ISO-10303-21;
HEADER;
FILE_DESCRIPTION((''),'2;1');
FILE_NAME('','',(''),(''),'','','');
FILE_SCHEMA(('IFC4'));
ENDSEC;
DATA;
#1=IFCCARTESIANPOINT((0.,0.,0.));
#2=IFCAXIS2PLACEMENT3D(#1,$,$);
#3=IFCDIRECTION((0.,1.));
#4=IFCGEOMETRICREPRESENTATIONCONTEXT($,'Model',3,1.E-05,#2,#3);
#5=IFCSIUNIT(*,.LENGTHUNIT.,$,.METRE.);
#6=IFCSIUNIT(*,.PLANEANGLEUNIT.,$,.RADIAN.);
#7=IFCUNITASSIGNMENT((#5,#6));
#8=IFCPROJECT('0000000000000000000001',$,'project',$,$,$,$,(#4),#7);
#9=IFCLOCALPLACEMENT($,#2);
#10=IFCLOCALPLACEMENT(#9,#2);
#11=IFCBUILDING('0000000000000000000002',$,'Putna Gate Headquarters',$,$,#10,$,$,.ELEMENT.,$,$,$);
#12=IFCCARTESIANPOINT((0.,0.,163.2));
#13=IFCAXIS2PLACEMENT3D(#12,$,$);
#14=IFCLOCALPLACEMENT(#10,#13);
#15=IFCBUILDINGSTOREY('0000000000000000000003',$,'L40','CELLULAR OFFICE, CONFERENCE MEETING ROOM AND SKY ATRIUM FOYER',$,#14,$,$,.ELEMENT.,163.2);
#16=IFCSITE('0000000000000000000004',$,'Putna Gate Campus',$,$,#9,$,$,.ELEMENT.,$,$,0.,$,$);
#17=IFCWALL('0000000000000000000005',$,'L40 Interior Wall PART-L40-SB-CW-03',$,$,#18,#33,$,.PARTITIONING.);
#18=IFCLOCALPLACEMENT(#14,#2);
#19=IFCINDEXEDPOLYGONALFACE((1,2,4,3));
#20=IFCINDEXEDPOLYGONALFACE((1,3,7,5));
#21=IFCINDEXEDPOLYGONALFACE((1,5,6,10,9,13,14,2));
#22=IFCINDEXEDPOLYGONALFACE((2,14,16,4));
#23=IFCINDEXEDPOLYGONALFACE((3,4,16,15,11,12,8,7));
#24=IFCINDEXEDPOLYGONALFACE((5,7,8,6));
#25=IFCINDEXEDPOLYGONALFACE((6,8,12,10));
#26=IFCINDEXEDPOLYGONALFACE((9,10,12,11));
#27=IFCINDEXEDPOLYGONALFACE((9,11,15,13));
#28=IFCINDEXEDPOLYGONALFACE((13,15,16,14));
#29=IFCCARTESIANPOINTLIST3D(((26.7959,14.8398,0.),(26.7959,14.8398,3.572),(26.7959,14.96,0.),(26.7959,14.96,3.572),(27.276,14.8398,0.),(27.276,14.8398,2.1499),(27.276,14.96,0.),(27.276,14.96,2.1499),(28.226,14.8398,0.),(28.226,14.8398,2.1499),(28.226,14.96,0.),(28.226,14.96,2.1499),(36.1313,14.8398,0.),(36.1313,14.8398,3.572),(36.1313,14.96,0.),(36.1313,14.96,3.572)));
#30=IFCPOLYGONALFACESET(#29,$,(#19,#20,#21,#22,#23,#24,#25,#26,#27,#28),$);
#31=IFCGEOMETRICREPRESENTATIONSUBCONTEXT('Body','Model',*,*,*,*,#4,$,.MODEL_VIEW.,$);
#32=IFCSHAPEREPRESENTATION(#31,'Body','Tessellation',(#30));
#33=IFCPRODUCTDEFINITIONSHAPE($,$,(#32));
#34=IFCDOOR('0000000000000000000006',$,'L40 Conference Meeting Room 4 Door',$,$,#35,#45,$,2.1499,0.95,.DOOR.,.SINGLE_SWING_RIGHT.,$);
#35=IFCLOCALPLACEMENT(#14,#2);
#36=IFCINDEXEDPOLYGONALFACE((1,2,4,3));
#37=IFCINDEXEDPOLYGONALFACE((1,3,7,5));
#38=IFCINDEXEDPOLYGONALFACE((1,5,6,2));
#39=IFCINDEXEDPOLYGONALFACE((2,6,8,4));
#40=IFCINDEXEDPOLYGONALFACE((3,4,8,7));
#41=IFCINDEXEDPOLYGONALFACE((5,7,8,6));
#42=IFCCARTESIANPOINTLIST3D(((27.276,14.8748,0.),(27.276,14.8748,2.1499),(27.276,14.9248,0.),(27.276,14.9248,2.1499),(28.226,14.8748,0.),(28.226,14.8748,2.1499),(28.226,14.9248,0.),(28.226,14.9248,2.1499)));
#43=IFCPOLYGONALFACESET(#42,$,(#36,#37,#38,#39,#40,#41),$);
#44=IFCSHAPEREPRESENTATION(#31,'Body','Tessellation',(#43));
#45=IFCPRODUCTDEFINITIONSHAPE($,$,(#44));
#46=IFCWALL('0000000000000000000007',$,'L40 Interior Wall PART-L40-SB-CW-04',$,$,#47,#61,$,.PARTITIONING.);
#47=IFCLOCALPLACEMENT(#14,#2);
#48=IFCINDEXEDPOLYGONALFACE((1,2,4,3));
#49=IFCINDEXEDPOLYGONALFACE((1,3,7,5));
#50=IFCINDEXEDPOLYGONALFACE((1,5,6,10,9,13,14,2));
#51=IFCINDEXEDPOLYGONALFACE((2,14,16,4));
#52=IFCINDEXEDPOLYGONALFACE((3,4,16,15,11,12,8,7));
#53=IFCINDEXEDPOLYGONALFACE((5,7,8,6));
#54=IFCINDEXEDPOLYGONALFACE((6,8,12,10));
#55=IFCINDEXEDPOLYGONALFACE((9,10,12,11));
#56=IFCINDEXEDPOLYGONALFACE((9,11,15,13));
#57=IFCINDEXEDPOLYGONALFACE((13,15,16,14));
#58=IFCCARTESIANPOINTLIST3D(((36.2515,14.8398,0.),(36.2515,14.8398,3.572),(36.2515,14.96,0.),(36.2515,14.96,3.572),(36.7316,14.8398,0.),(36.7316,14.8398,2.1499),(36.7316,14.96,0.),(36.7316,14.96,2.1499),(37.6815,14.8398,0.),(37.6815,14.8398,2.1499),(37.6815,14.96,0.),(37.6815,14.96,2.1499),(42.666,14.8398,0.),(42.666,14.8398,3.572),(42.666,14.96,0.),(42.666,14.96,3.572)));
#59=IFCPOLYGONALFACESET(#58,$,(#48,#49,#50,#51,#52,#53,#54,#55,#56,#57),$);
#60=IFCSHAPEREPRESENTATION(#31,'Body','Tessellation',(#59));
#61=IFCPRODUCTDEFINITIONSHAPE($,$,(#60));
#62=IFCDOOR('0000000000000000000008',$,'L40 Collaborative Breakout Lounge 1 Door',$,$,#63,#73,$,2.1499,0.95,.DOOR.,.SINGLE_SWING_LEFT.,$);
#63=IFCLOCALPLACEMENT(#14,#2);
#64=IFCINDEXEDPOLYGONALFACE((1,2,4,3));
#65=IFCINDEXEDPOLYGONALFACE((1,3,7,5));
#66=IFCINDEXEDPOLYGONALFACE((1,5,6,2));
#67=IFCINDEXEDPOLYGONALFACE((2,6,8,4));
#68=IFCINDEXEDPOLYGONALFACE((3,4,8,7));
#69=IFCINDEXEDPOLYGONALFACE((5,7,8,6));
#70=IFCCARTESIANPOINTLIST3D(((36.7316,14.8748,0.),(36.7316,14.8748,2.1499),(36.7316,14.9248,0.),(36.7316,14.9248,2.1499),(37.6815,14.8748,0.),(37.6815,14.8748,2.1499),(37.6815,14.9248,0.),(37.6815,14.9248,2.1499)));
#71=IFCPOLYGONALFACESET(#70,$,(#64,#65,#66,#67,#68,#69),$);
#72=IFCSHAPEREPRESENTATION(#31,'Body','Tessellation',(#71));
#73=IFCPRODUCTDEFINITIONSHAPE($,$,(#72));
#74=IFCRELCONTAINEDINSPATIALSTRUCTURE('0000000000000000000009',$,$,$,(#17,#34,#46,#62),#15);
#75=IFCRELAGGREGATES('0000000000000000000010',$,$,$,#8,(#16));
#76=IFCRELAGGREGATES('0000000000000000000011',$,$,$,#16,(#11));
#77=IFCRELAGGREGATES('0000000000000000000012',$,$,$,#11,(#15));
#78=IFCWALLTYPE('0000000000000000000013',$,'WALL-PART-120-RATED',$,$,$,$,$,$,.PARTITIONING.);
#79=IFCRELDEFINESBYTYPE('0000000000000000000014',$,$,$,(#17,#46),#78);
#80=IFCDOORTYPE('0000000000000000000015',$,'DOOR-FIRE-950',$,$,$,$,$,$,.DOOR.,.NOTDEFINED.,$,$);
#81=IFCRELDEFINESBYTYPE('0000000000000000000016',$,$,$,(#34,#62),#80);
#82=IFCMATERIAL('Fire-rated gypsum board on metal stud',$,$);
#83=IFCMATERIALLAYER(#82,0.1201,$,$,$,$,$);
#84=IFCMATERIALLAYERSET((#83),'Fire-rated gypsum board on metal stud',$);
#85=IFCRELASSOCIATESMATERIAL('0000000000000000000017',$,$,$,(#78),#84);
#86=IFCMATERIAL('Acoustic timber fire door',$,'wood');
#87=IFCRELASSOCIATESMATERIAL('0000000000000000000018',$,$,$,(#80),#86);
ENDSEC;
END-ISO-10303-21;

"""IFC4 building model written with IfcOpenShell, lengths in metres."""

from ifc_helpers import new_model, si_unit, direction, frame, frame_2d, origin, place, context, subcontext, project, spatial, rectangle, extrude, material, layer, layer_set, type_object, element, fill, save


model = new_model("IFC4")

# Units and contexts
model_context = context("Model", 3, precision=1e-05, world=origin(), true_north=direction((0.0, 1.0)))
body_context = subcontext(model_context, "Body", "Model", "MODEL_VIEW")
ifc_project = project(units=[si_unit("LENGTHUNIT", "METRE"), si_unit("PLANEANGLEUNIT", "RADIAN")], contexts=[model_context])

# Site, building, storey
site_placement = place(None, origin())
site = spatial("IfcSite", under=ifc_project, at=site_placement, Name="Putna Gate Campus", CompositionType="ELEMENT", RefElevation=0.0)
building_placement = place(site_placement, origin())
building = spatial("IfcBuilding", under=site, at=building_placement, Name="Putna Gate Headquarters", CompositionType="ELEMENT")
storey_placement = place(building_placement, frame((0.0, 0.0, 163.2)))
storey = spatial("IfcBuildingStorey", under=building, at=storey_placement, Name="L40", Description="CELLULAR OFFICE, CONFERENCE MEETING ROOM AND SKY ATRIUM FOYER", CompositionType="ELEMENT", Elevation=163.2)

# Walls, openings, doors
ifc_material_1 = material(Name="Fire-rated gypsum board on metal stud")
ifc_layer_1 = layer(ifc_material_1, 0.1201)
ifc_layer_set_1 = layer_set([ifc_layer_1], Name="Fire-rated gypsum board on metal stud")
wall_type_1 = type_object("IfcWallType", Name="WALL-PART-120-RATED", PredefinedType="PARTITIONING", material=ifc_layer_set_1)
wall_1_placement = place(storey_placement, frame((26.7959, 14.8999, 0.0), z_axis=(0.0, 0.0, 1.0), x_axis=(1.0, 0.0, 0.0)))
wall_1 = element("IfcWall", 1, at=wall_1_placement, inside=storey, type_object=wall_type_1, Name="L40 Interior Wall PART-L40-SB-CW-03", PredefinedType="PARTITIONING", context=body_context, shape_type="SweptSolid", body=[
    extrude(rectangle(XDim=9.3354, YDim=0.1201, at=frame_2d((4.6677, 0.0))), origin(), (0.0, 0.0, 1.0), 3.572),
])
opening_1_placement = place(wall_1_placement, frame((0.48, 0.0, 0.0)))
opening_1 = element("IfcOpeningElement", 2, at=opening_1_placement, cuts=wall_1, PredefinedType="OPENING", context=body_context, shape_type="SweptSolid", body=[
    extrude(rectangle(XDim=0.95, YDim=2.1499, at=frame_2d((0.4751, 1.075))), frame((0.0, 0.0701, 0.0), z_axis=(0.0, -1.0, 0.0), x_axis=(1.0, 0.0, 0.0)), (0.0, 0.0, 1.0), 0.1401),
])
ifc_material_2 = material(Name="Acoustic timber fire door", Category="wood")
door_type = type_object("IfcDoorType", Name="DOOR-FIRE-950", OperationType="NOTDEFINED", PredefinedType="DOOR", material=ifc_material_2)
door_1_placement = place(opening_1_placement, origin())
door_1 = element("IfcDoor", 3, at=door_1_placement, inside=storey, type_object=door_type, Name="L40 Conference Meeting Room 4 Door", OperationType="SINGLE_SWING_RIGHT", OverallHeight=2.1499, OverallWidth=0.95, PredefinedType="DOOR", context=body_context, shape_type="SweptSolid", body=[
    extrude(rectangle(XDim=0.95, YDim=2.1499, at=frame_2d((0.4751, 1.075))), frame((0.0, 0.0249, 0.0), z_axis=(0.0, -1.0, 0.0), x_axis=(1.0, 0.0, 0.0)), (0.0, 0.0, 1.0), 0.05),
])
fill(opening_1, door_1)
wall_2_placement = place(storey_placement, frame((36.2515, 14.8999, 0.0), z_axis=(0.0, 0.0, 1.0), x_axis=(1.0, 0.0, 0.0)))
wall_2 = element("IfcWall", 4, at=wall_2_placement, inside=storey, type_object=wall_type_1, Name="L40 Interior Wall PART-L40-SB-CW-04", PredefinedType="PARTITIONING", context=body_context, shape_type="SweptSolid", body=[
    extrude(rectangle(XDim=6.4146, YDim=0.1201, at=frame_2d((3.2073, 0.0))), origin(), (0.0, 0.0, 1.0), 3.572),
])
opening_2_placement = place(wall_2_placement, frame((0.48, 0.0, 0.0)))
opening_2 = element("IfcOpeningElement", 5, at=opening_2_placement, cuts=wall_2, PredefinedType="OPENING", context=body_context, shape_type="SweptSolid", body=[
    extrude(rectangle(XDim=0.95, YDim=2.1499, at=frame_2d((0.4751, 1.075))), frame((0.0, 0.0701, 0.0), z_axis=(0.0, -1.0, 0.0), x_axis=(1.0, 0.0, 0.0)), (0.0, 0.0, 1.0), 0.1401),
])
door_2_placement = place(opening_2_placement, origin())
door_2 = element("IfcDoor", 6, at=door_2_placement, inside=storey, type_object=door_type, Name="L40 Collaborative Breakout Lounge 1 Door", OperationType="SINGLE_SWING_LEFT", OverallHeight=2.1499, OverallWidth=0.95, PredefinedType="DOOR", context=body_context, shape_type="SweptSolid", body=[
    extrude(rectangle(XDim=0.95, YDim=2.1499, at=frame_2d((0.4751, 1.075))), frame((0.0, 0.0249, 0.0), z_axis=(0.0, -1.0, 0.0), x_axis=(1.0, 0.0, 0.0)), (0.0, 0.0, 1.0), 0.05),
])
fill(opening_2, door_2)

save(model, "model.ifc")
